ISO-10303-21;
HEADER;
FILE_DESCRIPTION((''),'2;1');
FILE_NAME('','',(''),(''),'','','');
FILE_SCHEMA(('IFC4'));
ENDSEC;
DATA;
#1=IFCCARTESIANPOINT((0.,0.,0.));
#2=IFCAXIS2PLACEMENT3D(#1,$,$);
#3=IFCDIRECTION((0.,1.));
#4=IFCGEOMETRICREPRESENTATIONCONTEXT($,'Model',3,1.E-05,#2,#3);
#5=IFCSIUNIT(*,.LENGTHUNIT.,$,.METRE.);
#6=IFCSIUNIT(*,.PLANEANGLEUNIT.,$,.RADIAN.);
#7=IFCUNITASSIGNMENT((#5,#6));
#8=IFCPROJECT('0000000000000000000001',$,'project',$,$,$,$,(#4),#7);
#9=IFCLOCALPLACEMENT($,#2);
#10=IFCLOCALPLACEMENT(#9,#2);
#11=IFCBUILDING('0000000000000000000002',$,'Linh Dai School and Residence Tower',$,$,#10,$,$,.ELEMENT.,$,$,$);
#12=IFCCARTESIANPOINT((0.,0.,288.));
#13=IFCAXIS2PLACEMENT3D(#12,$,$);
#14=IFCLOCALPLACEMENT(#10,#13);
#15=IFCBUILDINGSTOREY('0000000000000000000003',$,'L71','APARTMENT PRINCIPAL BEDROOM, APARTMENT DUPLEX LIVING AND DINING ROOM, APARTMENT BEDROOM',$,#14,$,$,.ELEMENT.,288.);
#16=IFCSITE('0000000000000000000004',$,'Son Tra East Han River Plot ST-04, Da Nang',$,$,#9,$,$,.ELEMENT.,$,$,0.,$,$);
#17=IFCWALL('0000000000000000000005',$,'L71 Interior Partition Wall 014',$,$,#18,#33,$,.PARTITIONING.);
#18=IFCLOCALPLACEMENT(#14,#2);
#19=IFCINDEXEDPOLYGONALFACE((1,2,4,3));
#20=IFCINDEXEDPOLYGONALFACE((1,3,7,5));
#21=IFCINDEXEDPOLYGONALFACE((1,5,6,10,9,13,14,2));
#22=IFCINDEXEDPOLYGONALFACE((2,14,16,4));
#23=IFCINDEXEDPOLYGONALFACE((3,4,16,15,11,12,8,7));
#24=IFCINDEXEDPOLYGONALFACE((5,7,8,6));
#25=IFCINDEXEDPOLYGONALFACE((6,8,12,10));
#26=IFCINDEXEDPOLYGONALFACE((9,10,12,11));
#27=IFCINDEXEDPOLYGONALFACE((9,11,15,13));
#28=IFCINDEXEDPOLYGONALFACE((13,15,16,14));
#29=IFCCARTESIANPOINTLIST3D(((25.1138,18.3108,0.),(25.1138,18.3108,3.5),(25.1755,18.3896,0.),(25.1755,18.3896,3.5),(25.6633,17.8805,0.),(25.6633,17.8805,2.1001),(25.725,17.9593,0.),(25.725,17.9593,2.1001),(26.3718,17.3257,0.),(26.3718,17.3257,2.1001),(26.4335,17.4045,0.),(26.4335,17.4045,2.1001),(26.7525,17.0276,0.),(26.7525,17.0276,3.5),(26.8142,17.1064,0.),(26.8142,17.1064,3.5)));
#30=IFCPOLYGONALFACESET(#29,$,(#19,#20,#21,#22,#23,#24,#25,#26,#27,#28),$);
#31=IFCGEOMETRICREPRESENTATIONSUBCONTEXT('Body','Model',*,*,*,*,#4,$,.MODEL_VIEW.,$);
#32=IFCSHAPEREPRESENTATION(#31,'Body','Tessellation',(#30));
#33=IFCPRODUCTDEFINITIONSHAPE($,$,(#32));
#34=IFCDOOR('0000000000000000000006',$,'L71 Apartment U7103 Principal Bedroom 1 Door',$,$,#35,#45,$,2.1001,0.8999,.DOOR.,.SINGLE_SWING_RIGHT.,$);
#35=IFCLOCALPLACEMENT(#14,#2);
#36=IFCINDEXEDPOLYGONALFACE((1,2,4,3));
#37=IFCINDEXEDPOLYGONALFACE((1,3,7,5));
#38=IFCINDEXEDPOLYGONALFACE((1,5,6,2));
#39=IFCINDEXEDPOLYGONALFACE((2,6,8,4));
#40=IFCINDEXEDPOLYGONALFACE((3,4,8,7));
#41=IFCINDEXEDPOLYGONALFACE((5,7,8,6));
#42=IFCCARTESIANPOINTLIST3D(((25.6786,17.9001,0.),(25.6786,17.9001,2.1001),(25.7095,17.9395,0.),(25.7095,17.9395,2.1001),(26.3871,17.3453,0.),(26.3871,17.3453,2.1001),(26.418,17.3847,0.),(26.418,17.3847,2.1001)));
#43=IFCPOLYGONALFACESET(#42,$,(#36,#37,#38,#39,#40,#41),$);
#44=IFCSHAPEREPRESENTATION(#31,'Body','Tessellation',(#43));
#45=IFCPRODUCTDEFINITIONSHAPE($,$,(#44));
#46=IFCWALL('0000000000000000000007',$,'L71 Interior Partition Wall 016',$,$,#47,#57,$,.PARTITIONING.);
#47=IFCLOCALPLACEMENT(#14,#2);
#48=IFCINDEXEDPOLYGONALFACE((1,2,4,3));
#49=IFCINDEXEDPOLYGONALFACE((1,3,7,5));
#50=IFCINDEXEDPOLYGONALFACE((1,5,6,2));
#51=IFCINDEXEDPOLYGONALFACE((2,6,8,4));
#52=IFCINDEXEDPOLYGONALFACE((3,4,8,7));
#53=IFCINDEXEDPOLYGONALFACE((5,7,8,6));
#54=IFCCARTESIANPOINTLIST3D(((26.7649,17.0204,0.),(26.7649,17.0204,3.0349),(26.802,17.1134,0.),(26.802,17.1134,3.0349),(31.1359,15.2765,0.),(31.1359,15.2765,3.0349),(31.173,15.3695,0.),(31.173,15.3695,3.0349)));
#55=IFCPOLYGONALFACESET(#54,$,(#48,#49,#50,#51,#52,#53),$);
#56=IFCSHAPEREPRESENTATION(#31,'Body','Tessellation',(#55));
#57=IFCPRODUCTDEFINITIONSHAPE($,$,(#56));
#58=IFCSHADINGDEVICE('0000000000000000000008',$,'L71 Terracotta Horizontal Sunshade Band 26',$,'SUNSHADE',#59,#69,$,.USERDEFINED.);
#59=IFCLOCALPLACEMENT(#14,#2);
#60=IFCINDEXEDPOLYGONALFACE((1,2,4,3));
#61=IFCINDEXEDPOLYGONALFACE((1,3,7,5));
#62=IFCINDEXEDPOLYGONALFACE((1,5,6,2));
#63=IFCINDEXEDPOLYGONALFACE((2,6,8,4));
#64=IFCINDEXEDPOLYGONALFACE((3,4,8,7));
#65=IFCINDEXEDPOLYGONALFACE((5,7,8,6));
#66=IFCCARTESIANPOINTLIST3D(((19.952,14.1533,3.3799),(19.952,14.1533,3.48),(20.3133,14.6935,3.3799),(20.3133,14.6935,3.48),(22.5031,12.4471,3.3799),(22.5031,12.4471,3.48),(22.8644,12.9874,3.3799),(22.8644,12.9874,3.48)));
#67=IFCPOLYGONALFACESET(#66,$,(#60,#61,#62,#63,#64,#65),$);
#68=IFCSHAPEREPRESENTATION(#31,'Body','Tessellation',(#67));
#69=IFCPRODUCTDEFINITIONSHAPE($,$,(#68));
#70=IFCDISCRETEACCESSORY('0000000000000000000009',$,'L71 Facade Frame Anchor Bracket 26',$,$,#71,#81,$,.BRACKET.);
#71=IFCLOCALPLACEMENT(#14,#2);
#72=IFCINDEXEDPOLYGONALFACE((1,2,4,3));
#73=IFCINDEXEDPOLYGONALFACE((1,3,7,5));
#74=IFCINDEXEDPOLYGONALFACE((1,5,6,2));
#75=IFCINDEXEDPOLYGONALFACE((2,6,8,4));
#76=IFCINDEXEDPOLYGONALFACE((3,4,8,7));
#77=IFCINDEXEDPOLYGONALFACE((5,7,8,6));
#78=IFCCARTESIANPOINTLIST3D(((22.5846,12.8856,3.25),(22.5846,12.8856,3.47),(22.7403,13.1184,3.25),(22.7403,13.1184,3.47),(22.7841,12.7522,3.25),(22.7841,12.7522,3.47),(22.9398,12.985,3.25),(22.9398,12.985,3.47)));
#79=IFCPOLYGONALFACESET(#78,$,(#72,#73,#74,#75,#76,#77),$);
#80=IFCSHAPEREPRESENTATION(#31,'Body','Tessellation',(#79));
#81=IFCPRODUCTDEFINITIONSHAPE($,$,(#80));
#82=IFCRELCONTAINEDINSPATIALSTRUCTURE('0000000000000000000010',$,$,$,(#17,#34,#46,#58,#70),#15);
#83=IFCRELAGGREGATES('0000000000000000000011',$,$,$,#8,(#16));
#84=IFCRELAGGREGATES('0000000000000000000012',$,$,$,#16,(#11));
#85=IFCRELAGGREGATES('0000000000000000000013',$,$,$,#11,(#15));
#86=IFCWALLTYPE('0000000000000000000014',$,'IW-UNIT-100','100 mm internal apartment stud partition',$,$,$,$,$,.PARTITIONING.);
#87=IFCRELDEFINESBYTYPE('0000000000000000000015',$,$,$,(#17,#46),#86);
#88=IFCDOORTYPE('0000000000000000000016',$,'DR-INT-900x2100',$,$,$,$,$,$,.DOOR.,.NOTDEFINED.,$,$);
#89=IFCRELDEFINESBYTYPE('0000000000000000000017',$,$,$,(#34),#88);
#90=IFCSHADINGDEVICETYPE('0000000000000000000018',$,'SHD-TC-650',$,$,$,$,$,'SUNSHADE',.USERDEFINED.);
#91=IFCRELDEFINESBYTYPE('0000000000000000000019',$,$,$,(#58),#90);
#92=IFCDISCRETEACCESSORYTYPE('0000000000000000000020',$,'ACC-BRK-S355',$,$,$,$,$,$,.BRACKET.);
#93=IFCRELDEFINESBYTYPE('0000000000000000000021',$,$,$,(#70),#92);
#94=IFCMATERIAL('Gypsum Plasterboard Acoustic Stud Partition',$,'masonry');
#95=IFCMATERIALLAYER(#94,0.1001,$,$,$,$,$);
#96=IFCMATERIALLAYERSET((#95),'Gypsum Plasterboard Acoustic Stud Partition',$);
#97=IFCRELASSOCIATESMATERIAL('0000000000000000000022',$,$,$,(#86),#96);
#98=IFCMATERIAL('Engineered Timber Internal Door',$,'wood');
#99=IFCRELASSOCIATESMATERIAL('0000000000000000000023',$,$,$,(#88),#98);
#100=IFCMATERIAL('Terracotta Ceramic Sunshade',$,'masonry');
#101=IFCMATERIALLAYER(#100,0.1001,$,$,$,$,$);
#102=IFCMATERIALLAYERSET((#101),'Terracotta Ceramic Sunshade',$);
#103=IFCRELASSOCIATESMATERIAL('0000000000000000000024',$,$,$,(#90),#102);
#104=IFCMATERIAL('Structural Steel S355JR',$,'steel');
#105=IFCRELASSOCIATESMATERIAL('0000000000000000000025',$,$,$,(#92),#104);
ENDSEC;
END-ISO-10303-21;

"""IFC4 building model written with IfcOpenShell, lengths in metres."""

from ifc_helpers import new_model, si_unit, direction, frame, frame_2d, origin, origin_2d, place, context, subcontext, project, spatial, rectangle, extrude, source, transform, mapped, material, layer, layer_set, type_object, element, fill, save


model = new_model("IFC4")

# Units and contexts
model_context = context("Model", 3, precision=1e-05, world=origin(), true_north=direction((0.0, 1.0)))
body_context = subcontext(model_context, "Body", "Model", "MODEL_VIEW")
ifc_project = project(units=[si_unit("LENGTHUNIT", "METRE"), si_unit("PLANEANGLEUNIT", "RADIAN")], contexts=[model_context])

# Site, building, storey
site_placement = place(None, origin())
site = spatial("IfcSite", under=ifc_project, at=site_placement, Name="Son Tra East Han River Plot ST-04, Da Nang", CompositionType="ELEMENT", RefElevation=0.0)
building_placement = place(site_placement, origin())
building = spatial("IfcBuilding", under=site, at=building_placement, Name="Linh Dai School and Residence Tower", CompositionType="ELEMENT")
storey_placement = place(building_placement, frame((0.0, 0.0, 288.0)))
storey = spatial("IfcBuildingStorey", under=building, at=storey_placement, Name="L71", Description="APARTMENT PRINCIPAL BEDROOM, APARTMENT DUPLEX LIVING AND DINING ROOM, APARTMENT BEDROOM", CompositionType="ELEMENT", Elevation=288.0)

# Shared definitions
ifc_material_1 = material(Name="Structural Steel S355JR", Category="steel")

# Shared definitions
ifc_material_2 = material(Name="Gypsum Plasterboard Acoustic Stud Partition", Category="masonry")
ifc_layer_1 = layer(ifc_material_2, 0.1001)
ifc_layer_set_1 = layer_set([ifc_layer_1], Name="Gypsum Plasterboard Acoustic Stud Partition")
wall_type_1 = type_object("IfcWallType", Name="IW-UNIT-100", Description="100 mm internal apartment stud partition", PredefinedType="PARTITIONING", material=ifc_layer_set_1)

# Wall, opening, door
wall_1_placement = place(storey_placement, frame((25.1448, 18.3501, 0.0), z_axis=(0.0, 0.0, 1.0), x_axis=(0.787327, -0.616536, 0.0)))
wall_1 = element("IfcWall", 1, at=wall_1_placement, inside=storey, type_object=wall_type_1, Name="L71 Interior Partition Wall 014", PredefinedType="PARTITIONING", context=body_context, shape_type="SweptSolid", body=[
    extrude(rectangle(XDim=2.0813, YDim=0.1001, at=frame_2d((1.0405, 0.0))), origin(), (0.0, 0.0, 1.0), 3.5),
])
opening_1_placement = place(wall_1_placement, frame((0.6978, 0.0, 0.0)))
opening_1 = element("IfcOpeningElement", 2, at=opening_1_placement, cuts=wall_1, PredefinedType="OPENING", context=body_context, shape_type="SweptSolid", body=[
    extrude(rectangle(XDim=0.8999, YDim=2.1001, at=origin_2d()), frame((0.45, 0.0601, 1.05), z_axis=(0.0, -1.0, 0.0), x_axis=(1.0, 0.0, 0.0)), (0.0, 0.0, 1.0), 0.1201),
])
ifc_material_3 = material(Name="Engineered Timber Internal Door", Category="wood")
door_type_1 = type_object("IfcDoorType", Name="DR-INT-900x2100", OperationType="NOTDEFINED", PredefinedType="DOOR", material=ifc_material_3)
shared_shape_1 = source(origin(), body_context, "Body", "SweptSolid", [
    extrude(rectangle(XDim=0.8999, YDim=2.1001, at=origin_2d()), frame((0.45, 0.0249, 1.05), z_axis=(0.0, -1.0, 0.0), x_axis=(1.0, 0.0, 0.0)), (0.0, 0.0, 1.0), 0.05),
])
door_1_placement = place(opening_1_placement, origin())
door_1 = element("IfcDoor", 3, at=door_1_placement, inside=storey, type_object=door_type_1, Name="L71 Apartment U7103 Principal Bedroom 1 Door", OperationType="SINGLE_SWING_RIGHT", OverallHeight=2.1001, OverallWidth=0.8999, PredefinedType="DOOR", context=body_context, shape_type="MappedRepresentation", body=[
    mapped(shared_shape_1, transform((0.0, 0.0, 0.0), x_axis=(1.0, 0.0, 0.0), y_axis=(0.0, 1.0, 0.0), z_axis=(0.0, 0.0, 1.0), scale=1.0)),
])
fill(opening_1, door_1)

# Wall
wall_2_placement = place(storey_placement, frame((26.7834, 17.0669, 0.0), z_axis=(0.0, 0.0, 1.0), x_axis=(0.928809, -0.370559, 0.0)))
element("IfcWall", 4, at=wall_2_placement, inside=storey, type_object=wall_type_1, Name="L71 Interior Partition Wall 016", PredefinedType="PARTITIONING", context=body_context, shape_type="SweptSolid", body=[
    extrude(rectangle(XDim=4.7061, YDim=0.1001, at=frame_2d((2.353, 0.0))), origin(), (0.0, 0.0, 1.0), 3.0349),
])

# Shading device
ifc_material_4 = material(Name="Terracotta Ceramic Sunshade", Category="masonry")
ifc_layer_2 = layer(ifc_material_4, 0.1001)
ifc_layer_set_2 = layer_set([ifc_layer_2], Name="Terracotta Ceramic Sunshade")
shading_device_type = type_object("IfcShadingDeviceType", Name="SHD-TC-650", ElementType="SUNSHADE", PredefinedType="USERDEFINED", material=ifc_layer_set_2)
shared_shape_2 = source(origin(), body_context, "Body", "SweptSolid", [
    extrude(rectangle(XDim=3.0691, YDim=0.6499, at=origin_2d()), origin(), (0.0, 0.0, 1.0), 0.1001),
])
shading_device_placement = place(storey_placement, frame((21.4082, 13.5703, 3.3799), z_axis=(0.0, 0.0, 1.0), x_axis=(-0.831245, 0.555906, 0.0)))
element("IfcShadingDevice", 5, at=shading_device_placement, inside=storey, type_object=shading_device_type, Name="L71 Terracotta Horizontal Sunshade Band 26", ObjectType="SUNSHADE", PredefinedType="USERDEFINED", context=body_context, shape_type="MappedRepresentation", body=[
    mapped(shared_shape_2, transform((0.0, 0.0, 0.0), x_axis=(1.0, 0.0, 0.0), y_axis=(0.0, 1.0, 0.0), z_axis=(0.0, 0.0, 1.0), scale=1.0)),
])

# Discrete accessory
discrete_accessory_type = type_object("IfcDiscreteAccessoryType", Name="ACC-BRK-S355", PredefinedType="BRACKET", material=ifc_material_1)
shared_shape_3 = source(origin(), body_context, "Body", "SweptSolid", [
    extrude(rectangle(XDim=0.28, YDim=0.24, at=origin_2d()), origin(), (0.0, 0.0, 1.0), 0.22),
])
discrete_accessory_placement = place(storey_placement, frame((22.7622, 12.9353, 3.25), z_axis=(0.0, 0.0, 1.0), x_axis=(-0.555906, -0.831245, 0.0)))
element("IfcDiscreteAccessory", 6, at=discrete_accessory_placement, inside=storey, type_object=discrete_accessory_type, Name="L71 Facade Frame Anchor Bracket 26", PredefinedType="BRACKET", context=body_context, shape_type="MappedRepresentation", body=[
    mapped(shared_shape_3, transform((0.0, 0.0, 0.0), x_axis=(1.0, 0.0, 0.0), y_axis=(0.0, 1.0, 0.0), z_axis=(0.0, 0.0, 1.0), scale=1.0)),
])

save(model, "model.ifc")
